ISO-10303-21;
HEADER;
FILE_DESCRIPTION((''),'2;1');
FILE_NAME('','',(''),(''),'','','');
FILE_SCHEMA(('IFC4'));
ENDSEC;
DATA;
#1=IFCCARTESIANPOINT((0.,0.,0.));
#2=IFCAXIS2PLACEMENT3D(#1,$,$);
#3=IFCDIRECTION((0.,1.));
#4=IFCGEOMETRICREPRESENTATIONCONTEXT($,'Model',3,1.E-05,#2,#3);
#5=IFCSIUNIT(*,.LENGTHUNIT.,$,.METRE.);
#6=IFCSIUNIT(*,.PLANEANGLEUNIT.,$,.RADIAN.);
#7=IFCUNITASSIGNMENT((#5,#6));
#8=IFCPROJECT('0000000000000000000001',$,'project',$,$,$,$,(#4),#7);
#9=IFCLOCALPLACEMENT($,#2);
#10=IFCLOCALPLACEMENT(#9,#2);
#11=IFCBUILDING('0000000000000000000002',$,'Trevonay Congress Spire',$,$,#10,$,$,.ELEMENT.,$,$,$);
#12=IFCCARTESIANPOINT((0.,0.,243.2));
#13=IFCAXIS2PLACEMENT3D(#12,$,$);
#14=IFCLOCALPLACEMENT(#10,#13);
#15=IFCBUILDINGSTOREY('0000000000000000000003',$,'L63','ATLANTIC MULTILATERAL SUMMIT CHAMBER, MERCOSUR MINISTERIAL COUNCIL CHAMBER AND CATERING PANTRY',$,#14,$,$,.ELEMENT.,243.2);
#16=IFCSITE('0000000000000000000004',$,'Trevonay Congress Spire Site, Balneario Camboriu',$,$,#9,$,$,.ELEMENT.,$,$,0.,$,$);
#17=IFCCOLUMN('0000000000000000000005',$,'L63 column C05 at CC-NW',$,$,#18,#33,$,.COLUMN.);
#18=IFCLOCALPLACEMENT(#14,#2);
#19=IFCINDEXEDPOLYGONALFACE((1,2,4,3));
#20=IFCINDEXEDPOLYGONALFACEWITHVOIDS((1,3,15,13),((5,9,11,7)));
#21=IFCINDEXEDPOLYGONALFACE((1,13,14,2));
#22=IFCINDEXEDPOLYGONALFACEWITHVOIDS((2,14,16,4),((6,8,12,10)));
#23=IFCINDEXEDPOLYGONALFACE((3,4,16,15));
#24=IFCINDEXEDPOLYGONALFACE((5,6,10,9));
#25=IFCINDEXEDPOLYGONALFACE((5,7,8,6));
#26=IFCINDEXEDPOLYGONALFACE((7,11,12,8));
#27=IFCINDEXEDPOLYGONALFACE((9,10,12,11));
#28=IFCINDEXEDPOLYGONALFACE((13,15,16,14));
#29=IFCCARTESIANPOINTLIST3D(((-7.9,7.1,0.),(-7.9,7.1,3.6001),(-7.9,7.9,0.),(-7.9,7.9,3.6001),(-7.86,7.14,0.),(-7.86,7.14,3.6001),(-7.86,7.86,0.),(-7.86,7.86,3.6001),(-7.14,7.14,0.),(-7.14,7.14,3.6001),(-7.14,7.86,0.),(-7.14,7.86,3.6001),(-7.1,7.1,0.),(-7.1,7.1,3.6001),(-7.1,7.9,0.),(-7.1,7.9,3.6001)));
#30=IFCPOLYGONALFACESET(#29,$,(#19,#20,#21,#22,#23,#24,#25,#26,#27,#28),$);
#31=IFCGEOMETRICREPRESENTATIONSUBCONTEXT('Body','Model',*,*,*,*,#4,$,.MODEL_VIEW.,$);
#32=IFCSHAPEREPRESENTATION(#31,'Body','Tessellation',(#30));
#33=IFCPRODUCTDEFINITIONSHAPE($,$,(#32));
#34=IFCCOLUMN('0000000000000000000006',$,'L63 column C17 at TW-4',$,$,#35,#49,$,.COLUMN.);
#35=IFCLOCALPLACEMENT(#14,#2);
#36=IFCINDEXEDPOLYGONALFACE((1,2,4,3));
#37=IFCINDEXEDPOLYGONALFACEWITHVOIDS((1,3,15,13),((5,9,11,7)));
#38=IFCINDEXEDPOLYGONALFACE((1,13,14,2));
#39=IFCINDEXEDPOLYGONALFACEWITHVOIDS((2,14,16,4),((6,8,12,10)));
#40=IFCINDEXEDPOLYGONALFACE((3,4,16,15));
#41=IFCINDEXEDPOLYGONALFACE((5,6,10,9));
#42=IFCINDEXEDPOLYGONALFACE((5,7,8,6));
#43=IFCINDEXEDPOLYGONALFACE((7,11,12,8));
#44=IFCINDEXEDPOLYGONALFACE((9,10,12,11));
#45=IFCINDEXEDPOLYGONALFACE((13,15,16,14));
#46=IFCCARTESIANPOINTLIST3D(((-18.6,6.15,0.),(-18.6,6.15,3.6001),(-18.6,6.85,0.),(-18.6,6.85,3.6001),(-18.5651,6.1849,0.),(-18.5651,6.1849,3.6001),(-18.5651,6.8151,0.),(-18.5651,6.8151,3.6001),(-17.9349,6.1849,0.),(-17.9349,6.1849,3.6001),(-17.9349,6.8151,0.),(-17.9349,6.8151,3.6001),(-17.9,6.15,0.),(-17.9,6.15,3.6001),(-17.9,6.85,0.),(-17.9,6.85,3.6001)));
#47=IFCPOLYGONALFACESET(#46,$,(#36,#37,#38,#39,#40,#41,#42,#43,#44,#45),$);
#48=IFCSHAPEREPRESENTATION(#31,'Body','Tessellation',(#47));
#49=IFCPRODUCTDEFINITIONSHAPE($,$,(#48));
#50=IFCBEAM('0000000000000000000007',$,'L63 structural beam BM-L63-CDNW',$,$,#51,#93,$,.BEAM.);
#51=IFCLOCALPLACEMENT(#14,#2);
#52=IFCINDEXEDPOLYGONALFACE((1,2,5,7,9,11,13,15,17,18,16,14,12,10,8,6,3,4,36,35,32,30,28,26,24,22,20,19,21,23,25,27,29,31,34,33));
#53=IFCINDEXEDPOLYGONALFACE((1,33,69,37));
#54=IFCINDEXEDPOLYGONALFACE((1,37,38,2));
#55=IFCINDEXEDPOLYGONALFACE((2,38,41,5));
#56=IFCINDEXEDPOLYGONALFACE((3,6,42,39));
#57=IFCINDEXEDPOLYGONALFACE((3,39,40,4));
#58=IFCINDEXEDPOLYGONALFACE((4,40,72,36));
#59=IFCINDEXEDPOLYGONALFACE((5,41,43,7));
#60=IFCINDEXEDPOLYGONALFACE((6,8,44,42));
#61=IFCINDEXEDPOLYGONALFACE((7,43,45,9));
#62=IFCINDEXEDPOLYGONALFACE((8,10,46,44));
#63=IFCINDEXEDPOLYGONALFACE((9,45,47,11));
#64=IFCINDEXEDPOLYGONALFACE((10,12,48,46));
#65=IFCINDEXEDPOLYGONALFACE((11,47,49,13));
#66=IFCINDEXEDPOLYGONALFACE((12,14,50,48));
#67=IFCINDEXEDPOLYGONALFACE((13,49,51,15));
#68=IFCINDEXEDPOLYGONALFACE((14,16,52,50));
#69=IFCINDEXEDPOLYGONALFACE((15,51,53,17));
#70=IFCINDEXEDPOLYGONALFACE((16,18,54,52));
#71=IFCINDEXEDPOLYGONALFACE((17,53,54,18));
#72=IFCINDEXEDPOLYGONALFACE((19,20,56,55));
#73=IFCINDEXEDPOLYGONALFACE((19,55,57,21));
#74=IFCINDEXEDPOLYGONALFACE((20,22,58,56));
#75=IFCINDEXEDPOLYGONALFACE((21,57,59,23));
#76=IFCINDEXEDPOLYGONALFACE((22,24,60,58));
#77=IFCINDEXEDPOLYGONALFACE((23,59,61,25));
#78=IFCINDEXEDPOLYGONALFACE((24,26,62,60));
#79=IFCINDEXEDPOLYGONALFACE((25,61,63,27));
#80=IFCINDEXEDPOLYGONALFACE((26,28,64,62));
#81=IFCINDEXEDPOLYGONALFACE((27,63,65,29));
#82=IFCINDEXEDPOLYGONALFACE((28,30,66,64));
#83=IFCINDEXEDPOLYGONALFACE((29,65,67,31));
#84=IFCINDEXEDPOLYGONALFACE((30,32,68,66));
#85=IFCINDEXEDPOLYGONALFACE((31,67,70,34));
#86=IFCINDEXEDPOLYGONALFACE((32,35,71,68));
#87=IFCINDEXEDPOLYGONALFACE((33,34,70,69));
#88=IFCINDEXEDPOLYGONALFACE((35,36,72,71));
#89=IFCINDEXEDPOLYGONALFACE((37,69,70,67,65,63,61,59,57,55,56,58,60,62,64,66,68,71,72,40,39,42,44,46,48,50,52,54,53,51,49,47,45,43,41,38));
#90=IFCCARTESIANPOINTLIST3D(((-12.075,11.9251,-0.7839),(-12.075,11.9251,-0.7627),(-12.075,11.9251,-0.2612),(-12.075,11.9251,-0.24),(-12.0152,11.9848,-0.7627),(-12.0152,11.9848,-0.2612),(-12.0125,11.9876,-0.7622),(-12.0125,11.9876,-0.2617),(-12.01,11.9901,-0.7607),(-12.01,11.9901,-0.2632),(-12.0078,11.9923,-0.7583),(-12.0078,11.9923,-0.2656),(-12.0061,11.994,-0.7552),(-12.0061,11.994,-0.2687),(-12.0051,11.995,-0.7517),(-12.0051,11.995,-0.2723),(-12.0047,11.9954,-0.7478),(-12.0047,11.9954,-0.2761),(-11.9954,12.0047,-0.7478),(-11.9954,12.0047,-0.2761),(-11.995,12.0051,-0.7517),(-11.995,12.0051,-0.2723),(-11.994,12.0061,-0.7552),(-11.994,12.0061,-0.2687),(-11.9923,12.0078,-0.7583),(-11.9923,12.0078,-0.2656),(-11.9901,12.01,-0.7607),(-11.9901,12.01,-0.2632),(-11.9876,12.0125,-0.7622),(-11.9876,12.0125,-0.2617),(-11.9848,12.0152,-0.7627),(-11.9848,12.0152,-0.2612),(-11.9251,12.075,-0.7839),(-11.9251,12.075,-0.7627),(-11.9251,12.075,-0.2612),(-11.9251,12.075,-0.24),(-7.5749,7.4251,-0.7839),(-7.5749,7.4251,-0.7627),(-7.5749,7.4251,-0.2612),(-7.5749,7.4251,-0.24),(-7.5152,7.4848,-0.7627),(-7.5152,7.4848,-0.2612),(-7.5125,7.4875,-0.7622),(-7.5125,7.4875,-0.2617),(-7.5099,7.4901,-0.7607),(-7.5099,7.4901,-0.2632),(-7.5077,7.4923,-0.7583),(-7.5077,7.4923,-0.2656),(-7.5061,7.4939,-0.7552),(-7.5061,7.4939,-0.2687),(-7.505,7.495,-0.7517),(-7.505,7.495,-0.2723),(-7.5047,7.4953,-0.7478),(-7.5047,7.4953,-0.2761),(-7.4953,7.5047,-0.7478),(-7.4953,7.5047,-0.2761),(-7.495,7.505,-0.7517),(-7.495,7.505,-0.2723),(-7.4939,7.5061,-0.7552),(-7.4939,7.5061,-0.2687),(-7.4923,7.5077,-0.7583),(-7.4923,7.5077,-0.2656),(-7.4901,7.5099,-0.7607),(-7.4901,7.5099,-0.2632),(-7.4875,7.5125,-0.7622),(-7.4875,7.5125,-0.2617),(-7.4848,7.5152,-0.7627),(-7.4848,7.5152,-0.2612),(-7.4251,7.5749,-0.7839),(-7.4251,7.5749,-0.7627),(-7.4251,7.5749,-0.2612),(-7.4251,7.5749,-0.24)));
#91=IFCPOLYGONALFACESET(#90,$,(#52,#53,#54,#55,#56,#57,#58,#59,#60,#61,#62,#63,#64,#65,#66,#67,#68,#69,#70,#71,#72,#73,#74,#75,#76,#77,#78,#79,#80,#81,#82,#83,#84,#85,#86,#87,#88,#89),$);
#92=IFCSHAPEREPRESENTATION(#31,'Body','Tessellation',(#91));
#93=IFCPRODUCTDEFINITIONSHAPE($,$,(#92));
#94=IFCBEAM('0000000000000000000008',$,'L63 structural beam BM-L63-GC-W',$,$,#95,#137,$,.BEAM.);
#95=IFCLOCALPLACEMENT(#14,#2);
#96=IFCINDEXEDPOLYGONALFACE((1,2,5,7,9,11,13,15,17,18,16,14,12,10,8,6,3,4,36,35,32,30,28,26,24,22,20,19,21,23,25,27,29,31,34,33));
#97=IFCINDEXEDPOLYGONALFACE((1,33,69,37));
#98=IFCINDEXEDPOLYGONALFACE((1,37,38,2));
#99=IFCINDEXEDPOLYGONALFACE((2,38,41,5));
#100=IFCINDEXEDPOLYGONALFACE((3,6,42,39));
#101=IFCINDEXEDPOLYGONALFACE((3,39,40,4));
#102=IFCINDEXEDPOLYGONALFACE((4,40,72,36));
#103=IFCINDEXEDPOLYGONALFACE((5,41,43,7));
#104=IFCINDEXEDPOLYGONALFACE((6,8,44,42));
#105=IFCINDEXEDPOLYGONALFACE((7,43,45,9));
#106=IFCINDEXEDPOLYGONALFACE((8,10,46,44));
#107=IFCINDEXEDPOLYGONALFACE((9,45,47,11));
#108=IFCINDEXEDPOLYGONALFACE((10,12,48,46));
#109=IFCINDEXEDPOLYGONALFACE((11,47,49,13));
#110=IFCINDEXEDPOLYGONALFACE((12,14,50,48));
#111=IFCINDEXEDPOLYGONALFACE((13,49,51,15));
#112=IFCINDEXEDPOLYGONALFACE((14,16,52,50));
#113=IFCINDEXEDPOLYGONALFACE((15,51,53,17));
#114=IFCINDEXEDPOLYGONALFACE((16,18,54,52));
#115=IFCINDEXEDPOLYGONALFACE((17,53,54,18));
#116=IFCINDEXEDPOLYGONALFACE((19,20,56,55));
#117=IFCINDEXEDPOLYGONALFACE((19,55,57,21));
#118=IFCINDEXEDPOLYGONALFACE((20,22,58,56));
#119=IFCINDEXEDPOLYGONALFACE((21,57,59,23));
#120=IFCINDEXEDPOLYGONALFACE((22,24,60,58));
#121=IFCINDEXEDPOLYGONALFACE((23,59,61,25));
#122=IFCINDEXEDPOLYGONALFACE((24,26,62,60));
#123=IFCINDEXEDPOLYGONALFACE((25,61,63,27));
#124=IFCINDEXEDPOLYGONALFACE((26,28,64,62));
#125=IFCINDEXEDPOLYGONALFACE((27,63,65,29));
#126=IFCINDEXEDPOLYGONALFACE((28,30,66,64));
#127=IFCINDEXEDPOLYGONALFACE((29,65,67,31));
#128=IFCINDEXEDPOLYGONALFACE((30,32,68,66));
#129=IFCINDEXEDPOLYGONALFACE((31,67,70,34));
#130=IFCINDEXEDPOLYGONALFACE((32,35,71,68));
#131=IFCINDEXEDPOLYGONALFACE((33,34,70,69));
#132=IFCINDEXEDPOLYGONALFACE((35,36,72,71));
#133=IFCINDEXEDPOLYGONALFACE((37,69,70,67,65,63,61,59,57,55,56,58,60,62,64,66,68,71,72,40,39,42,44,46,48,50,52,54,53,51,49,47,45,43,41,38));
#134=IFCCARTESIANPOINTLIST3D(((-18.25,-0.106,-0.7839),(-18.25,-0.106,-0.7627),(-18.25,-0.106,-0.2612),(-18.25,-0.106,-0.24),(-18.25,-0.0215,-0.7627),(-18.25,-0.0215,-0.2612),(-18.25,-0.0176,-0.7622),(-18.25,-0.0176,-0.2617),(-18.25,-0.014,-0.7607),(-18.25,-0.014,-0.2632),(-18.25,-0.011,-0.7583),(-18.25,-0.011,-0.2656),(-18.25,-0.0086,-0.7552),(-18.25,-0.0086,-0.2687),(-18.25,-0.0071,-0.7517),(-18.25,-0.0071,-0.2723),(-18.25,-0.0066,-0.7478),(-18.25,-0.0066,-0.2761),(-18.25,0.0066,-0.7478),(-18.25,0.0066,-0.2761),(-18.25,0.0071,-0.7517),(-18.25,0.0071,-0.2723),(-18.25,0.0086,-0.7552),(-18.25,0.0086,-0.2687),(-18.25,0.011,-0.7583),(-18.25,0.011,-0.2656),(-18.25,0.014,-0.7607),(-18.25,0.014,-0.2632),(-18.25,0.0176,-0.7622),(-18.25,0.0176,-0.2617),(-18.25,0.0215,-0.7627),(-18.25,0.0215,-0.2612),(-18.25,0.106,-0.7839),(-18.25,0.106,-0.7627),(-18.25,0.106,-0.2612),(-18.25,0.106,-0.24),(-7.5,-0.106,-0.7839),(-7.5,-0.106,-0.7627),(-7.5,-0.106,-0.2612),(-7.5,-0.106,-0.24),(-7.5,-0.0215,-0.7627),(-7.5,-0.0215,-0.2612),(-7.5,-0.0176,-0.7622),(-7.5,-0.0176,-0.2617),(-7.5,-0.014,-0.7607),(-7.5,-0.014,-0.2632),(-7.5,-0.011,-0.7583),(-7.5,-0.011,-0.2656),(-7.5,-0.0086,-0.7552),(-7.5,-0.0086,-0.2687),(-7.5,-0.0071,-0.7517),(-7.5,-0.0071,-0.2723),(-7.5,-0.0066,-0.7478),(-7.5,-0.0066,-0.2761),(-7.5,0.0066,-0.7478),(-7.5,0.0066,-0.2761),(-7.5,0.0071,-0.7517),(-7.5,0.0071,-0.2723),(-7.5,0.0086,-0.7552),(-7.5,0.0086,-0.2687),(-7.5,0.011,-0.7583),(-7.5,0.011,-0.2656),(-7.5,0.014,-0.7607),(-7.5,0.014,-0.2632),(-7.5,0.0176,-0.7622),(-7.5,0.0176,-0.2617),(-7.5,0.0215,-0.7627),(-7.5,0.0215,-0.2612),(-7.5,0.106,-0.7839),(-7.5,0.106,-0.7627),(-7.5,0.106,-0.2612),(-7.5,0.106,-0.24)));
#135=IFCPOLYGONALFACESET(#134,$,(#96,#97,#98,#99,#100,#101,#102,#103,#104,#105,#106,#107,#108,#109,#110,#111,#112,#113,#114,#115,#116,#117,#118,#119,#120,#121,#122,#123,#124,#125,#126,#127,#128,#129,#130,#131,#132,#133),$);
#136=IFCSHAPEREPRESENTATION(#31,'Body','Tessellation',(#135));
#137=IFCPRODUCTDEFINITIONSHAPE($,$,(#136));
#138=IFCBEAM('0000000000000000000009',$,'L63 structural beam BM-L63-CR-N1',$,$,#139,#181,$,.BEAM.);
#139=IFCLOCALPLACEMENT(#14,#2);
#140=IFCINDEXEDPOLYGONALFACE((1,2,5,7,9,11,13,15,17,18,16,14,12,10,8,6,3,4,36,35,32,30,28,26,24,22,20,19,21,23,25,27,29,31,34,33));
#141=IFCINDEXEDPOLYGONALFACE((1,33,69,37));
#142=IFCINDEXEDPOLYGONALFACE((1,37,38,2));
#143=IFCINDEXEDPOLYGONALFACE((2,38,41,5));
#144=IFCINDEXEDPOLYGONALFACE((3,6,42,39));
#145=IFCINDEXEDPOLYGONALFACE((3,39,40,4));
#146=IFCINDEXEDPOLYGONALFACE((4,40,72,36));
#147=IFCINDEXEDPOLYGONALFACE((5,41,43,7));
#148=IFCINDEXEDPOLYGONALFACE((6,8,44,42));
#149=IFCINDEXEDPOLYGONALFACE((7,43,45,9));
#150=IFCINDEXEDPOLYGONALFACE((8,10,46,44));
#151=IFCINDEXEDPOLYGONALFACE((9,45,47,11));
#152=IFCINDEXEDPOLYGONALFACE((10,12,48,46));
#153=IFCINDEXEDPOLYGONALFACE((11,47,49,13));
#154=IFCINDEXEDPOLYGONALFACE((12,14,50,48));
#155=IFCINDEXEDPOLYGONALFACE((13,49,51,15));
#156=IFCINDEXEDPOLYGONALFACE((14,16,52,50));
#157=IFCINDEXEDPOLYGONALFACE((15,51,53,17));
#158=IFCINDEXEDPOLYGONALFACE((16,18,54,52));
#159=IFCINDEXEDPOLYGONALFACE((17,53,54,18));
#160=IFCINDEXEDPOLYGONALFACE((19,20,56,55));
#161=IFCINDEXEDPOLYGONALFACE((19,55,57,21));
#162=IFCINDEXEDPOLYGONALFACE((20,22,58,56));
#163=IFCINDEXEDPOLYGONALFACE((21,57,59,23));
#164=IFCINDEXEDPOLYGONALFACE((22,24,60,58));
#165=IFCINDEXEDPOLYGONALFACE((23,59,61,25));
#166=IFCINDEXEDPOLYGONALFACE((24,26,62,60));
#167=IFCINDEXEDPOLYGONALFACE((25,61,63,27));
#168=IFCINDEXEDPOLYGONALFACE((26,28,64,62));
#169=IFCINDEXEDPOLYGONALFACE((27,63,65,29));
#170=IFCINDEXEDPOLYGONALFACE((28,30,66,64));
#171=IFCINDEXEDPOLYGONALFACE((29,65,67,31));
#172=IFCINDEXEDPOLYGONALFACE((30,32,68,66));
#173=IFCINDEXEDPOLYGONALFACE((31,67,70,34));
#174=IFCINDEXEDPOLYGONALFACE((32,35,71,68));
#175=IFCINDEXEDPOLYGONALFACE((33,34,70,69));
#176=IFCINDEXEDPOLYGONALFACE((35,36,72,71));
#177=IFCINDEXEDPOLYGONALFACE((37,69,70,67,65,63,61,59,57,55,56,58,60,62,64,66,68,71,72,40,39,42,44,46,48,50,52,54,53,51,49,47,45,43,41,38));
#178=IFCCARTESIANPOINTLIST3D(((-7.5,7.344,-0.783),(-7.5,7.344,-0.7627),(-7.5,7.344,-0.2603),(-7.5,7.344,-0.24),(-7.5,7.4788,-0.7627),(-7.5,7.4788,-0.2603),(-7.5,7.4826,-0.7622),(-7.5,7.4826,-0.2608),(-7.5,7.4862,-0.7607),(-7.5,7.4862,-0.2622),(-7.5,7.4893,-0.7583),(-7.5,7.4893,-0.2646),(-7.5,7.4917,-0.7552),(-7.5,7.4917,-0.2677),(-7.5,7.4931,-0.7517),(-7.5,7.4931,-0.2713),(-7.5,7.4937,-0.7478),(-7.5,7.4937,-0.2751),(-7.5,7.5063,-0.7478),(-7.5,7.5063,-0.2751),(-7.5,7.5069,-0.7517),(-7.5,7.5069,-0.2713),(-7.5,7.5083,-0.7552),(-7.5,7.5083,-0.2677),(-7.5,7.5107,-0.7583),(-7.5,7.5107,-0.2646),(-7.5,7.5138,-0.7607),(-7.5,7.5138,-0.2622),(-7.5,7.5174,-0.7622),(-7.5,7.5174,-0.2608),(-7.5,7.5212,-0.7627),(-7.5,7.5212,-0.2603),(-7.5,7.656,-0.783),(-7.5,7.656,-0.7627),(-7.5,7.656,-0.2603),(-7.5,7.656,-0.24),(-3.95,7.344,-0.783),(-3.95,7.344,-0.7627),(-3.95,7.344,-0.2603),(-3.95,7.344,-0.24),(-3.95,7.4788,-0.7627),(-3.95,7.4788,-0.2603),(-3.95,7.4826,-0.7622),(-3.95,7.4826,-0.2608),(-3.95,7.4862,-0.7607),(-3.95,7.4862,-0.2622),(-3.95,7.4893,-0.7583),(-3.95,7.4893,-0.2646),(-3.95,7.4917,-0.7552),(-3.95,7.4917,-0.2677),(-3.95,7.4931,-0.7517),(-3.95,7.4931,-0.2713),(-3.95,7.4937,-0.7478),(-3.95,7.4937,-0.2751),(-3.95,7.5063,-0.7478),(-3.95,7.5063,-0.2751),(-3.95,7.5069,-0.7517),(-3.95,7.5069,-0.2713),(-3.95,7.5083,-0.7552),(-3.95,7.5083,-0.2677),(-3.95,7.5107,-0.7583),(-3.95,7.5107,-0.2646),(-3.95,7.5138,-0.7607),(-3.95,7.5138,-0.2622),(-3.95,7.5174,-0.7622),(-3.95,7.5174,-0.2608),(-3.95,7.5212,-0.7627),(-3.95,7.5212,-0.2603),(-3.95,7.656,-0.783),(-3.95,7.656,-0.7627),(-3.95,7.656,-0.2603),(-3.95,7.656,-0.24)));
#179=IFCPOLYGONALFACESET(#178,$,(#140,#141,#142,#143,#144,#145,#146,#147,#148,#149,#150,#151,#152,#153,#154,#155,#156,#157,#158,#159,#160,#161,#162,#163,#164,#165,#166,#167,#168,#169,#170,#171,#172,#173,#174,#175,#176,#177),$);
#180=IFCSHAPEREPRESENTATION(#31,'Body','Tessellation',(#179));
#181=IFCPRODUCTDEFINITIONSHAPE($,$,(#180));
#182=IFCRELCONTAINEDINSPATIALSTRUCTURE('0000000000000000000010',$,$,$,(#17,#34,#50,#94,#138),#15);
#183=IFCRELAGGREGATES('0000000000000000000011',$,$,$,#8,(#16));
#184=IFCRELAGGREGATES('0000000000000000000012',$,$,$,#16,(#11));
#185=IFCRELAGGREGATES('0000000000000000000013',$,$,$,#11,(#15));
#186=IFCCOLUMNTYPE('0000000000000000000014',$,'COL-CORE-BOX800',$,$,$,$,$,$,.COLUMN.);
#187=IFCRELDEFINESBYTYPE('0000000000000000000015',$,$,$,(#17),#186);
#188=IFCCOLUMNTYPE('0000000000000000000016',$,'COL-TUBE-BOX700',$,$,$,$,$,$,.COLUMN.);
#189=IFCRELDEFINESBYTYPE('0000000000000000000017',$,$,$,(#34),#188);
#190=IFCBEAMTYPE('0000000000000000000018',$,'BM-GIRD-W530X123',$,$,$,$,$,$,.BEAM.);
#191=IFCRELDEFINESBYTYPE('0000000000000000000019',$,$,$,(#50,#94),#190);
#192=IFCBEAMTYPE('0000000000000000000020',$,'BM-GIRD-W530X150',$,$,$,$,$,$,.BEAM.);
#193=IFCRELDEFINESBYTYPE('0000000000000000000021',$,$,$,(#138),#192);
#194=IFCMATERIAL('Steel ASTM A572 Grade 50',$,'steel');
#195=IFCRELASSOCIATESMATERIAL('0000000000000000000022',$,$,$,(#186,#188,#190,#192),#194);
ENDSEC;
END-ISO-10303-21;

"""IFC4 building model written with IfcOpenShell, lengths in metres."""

from ifc_helpers import new_model, si_unit, direction, frame, origin, origin_2d, place, context, subcontext, project, spatial, hollow_rectangle, i_section, extrude, material, material_profile, profile_set, type_object, element, save


model = new_model("IFC4")

# Units and contexts
model_context = context("Model", 3, precision=1e-05, world=origin(), true_north=direction((0.0, 1.0)))
body_context = subcontext(model_context, "Body", "Model", "MODEL_VIEW")
ifc_project = project(units=[si_unit("LENGTHUNIT", "METRE"), si_unit("PLANEANGLEUNIT", "RADIAN")], contexts=[model_context])

# Site, building, storey
site_placement = place(None, origin())
site = spatial("IfcSite", under=ifc_project, at=site_placement, Name="Trevonay Congress Spire Site, Balneario Camboriu", CompositionType="ELEMENT", RefElevation=0.0)
building_placement = place(site_placement, origin())
building = spatial("IfcBuilding", under=site, at=building_placement, Name="Trevonay Congress Spire", CompositionType="ELEMENT")
storey_placement = place(building_placement, frame((0.0, 0.0, 243.2)))
storey = spatial("IfcBuildingStorey", under=building, at=storey_placement, Name="L63", Description="ATLANTIC MULTILATERAL SUMMIT CHAMBER, MERCOSUR MINISTERIAL COUNCIL CHAMBER AND CATERING PANTRY", CompositionType="ELEMENT", Elevation=243.2)

# Columns
ifc_material_1 = material(Name="Steel ASTM A572 Grade 50", Category="steel")
ifc_material_profile_1 = material_profile(ifc_material_1, hollow_rectangle(XDim=0.8, YDim=0.8, WallThickness=0.04, at=origin_2d()), Name="BOX 800x800x40")
ifc_profile_set_1 = profile_set([ifc_material_profile_1], Name="Steel ASTM A572 Grade 50")
column_type_1 = type_object("IfcColumnType", Name="COL-CORE-BOX800", PredefinedType="COLUMN", material=ifc_profile_set_1)
column_1_placement = place(storey_placement, frame((-7.5, 7.5, 0.0), z_axis=(0.0, 0.0, 1.0), x_axis=(1.0, 0.0, 0.0)))
element("IfcColumn", 1, at=column_1_placement, inside=storey, type_object=column_type_1, Name="L63 column C05 at CC-NW", PredefinedType="COLUMN", context=body_context, shape_type="SweptSolid", body=[
    extrude(hollow_rectangle(XDim=0.8, YDim=0.8, WallThickness=0.04, at=origin_2d()), origin(), (0.0, 0.0, 1.0), 3.6001),
])
ifc_material_profile_2 = material_profile(ifc_material_1, hollow_rectangle(XDim=0.7, YDim=0.7, WallThickness=0.0349, at=origin_2d()), Name="BOX 700x700x35")
ifc_profile_set_2 = profile_set([ifc_material_profile_2], Name="Steel ASTM A572 Grade 50")
column_type_2 = type_object("IfcColumnType", Name="COL-TUBE-BOX700", PredefinedType="COLUMN", material=ifc_profile_set_2)
column_2_placement = place(storey_placement, frame((-18.25, 6.5, 0.0), z_axis=(0.0, 0.0, 1.0), x_axis=(1.0, 0.0, 0.0)))
element("IfcColumn", 2, at=column_2_placement, inside=storey, type_object=column_type_2, Name="L63 column C17 at TW-4", PredefinedType="COLUMN", context=body_context, shape_type="SweptSolid", body=[
    extrude(hollow_rectangle(XDim=0.7, YDim=0.7, WallThickness=0.0349, at=origin_2d()), origin(), (0.0, 0.0, 1.0), 3.6001),
])

# Beams
ifc_material_profile_3 = material_profile(ifc_material_1, i_section(OverallWidth=0.2119, OverallDepth=0.5439, WebThickness=0.0132, FlangeThickness=0.0212, FilletRadius=0.0149, at=origin_2d()), Name="W530x123")
ifc_profile_set_3 = profile_set([ifc_material_profile_3], Name="Steel ASTM A572 Grade 50")
beam_type_1 = type_object("IfcBeamType", Name="BM-GIRD-W530X123", PredefinedType="BEAM", material=ifc_profile_set_3)
beam_1_placement = place(storey_placement, frame((-7.5, 7.5, -0.512), z_axis=(-0.707107, 0.707107, 0.0), x_axis=(-0.707107, -0.707107, 0.0)))
element("IfcBeam", 3, at=beam_1_placement, inside=storey, type_object=beam_type_1, Name="L63 structural beam BM-L63-CDNW", PredefinedType="BEAM", context=body_context, shape_type="SweptSolid", body=[
    extrude(i_section(OverallWidth=0.2119, OverallDepth=0.5439, WebThickness=0.0132, FlangeThickness=0.0212, FilletRadius=0.0149, at=origin_2d()), origin(), (0.0, 0.0, 1.0), 6.364),
])
beam_2_placement = place(storey_placement, frame((-7.5, 0.0, -0.512), z_axis=(-1.0, 0.0, 0.0), x_axis=(0.0, -1.0, 0.0)))
element("IfcBeam", 4, at=beam_2_placement, inside=storey, type_object=beam_type_1, Name="L63 structural beam BM-L63-GC-W", PredefinedType="BEAM", context=body_context, shape_type="SweptSolid", body=[
    extrude(i_section(OverallWidth=0.2119, OverallDepth=0.5439, WebThickness=0.0132, FlangeThickness=0.0212, FilletRadius=0.0149, at=origin_2d()), origin(), (0.0, 0.0, 1.0), 10.75),
])
ifc_material_profile_4 = material_profile(ifc_material_1, i_section(OverallWidth=0.312, OverallDepth=0.543, WebThickness=0.0127, FlangeThickness=0.0203, FilletRadius=0.0149, at=origin_2d()), Name="W530x150")
ifc_profile_set_4 = profile_set([ifc_material_profile_4], Name="Steel ASTM A572 Grade 50")
beam_type_2 = type_object("IfcBeamType", Name="BM-GIRD-W530X150", PredefinedType="BEAM", material=ifc_profile_set_4)
beam_3_placement = place(storey_placement, frame((-7.5, 7.5, -0.5115), z_axis=(1.0, 0.0, 0.0), x_axis=(0.0, 1.0, 0.0)))
element("IfcBeam", 5, at=beam_3_placement, inside=storey, type_object=beam_type_2, Name="L63 structural beam BM-L63-CR-N1", PredefinedType="BEAM", context=body_context, shape_type="SweptSolid", body=[
    extrude(i_section(OverallWidth=0.312, OverallDepth=0.543, WebThickness=0.0127, FlangeThickness=0.0203, FilletRadius=0.0149, at=origin_2d()), origin(), (0.0, 0.0, 1.0), 3.55),
])

save(model, "model.ifc")
